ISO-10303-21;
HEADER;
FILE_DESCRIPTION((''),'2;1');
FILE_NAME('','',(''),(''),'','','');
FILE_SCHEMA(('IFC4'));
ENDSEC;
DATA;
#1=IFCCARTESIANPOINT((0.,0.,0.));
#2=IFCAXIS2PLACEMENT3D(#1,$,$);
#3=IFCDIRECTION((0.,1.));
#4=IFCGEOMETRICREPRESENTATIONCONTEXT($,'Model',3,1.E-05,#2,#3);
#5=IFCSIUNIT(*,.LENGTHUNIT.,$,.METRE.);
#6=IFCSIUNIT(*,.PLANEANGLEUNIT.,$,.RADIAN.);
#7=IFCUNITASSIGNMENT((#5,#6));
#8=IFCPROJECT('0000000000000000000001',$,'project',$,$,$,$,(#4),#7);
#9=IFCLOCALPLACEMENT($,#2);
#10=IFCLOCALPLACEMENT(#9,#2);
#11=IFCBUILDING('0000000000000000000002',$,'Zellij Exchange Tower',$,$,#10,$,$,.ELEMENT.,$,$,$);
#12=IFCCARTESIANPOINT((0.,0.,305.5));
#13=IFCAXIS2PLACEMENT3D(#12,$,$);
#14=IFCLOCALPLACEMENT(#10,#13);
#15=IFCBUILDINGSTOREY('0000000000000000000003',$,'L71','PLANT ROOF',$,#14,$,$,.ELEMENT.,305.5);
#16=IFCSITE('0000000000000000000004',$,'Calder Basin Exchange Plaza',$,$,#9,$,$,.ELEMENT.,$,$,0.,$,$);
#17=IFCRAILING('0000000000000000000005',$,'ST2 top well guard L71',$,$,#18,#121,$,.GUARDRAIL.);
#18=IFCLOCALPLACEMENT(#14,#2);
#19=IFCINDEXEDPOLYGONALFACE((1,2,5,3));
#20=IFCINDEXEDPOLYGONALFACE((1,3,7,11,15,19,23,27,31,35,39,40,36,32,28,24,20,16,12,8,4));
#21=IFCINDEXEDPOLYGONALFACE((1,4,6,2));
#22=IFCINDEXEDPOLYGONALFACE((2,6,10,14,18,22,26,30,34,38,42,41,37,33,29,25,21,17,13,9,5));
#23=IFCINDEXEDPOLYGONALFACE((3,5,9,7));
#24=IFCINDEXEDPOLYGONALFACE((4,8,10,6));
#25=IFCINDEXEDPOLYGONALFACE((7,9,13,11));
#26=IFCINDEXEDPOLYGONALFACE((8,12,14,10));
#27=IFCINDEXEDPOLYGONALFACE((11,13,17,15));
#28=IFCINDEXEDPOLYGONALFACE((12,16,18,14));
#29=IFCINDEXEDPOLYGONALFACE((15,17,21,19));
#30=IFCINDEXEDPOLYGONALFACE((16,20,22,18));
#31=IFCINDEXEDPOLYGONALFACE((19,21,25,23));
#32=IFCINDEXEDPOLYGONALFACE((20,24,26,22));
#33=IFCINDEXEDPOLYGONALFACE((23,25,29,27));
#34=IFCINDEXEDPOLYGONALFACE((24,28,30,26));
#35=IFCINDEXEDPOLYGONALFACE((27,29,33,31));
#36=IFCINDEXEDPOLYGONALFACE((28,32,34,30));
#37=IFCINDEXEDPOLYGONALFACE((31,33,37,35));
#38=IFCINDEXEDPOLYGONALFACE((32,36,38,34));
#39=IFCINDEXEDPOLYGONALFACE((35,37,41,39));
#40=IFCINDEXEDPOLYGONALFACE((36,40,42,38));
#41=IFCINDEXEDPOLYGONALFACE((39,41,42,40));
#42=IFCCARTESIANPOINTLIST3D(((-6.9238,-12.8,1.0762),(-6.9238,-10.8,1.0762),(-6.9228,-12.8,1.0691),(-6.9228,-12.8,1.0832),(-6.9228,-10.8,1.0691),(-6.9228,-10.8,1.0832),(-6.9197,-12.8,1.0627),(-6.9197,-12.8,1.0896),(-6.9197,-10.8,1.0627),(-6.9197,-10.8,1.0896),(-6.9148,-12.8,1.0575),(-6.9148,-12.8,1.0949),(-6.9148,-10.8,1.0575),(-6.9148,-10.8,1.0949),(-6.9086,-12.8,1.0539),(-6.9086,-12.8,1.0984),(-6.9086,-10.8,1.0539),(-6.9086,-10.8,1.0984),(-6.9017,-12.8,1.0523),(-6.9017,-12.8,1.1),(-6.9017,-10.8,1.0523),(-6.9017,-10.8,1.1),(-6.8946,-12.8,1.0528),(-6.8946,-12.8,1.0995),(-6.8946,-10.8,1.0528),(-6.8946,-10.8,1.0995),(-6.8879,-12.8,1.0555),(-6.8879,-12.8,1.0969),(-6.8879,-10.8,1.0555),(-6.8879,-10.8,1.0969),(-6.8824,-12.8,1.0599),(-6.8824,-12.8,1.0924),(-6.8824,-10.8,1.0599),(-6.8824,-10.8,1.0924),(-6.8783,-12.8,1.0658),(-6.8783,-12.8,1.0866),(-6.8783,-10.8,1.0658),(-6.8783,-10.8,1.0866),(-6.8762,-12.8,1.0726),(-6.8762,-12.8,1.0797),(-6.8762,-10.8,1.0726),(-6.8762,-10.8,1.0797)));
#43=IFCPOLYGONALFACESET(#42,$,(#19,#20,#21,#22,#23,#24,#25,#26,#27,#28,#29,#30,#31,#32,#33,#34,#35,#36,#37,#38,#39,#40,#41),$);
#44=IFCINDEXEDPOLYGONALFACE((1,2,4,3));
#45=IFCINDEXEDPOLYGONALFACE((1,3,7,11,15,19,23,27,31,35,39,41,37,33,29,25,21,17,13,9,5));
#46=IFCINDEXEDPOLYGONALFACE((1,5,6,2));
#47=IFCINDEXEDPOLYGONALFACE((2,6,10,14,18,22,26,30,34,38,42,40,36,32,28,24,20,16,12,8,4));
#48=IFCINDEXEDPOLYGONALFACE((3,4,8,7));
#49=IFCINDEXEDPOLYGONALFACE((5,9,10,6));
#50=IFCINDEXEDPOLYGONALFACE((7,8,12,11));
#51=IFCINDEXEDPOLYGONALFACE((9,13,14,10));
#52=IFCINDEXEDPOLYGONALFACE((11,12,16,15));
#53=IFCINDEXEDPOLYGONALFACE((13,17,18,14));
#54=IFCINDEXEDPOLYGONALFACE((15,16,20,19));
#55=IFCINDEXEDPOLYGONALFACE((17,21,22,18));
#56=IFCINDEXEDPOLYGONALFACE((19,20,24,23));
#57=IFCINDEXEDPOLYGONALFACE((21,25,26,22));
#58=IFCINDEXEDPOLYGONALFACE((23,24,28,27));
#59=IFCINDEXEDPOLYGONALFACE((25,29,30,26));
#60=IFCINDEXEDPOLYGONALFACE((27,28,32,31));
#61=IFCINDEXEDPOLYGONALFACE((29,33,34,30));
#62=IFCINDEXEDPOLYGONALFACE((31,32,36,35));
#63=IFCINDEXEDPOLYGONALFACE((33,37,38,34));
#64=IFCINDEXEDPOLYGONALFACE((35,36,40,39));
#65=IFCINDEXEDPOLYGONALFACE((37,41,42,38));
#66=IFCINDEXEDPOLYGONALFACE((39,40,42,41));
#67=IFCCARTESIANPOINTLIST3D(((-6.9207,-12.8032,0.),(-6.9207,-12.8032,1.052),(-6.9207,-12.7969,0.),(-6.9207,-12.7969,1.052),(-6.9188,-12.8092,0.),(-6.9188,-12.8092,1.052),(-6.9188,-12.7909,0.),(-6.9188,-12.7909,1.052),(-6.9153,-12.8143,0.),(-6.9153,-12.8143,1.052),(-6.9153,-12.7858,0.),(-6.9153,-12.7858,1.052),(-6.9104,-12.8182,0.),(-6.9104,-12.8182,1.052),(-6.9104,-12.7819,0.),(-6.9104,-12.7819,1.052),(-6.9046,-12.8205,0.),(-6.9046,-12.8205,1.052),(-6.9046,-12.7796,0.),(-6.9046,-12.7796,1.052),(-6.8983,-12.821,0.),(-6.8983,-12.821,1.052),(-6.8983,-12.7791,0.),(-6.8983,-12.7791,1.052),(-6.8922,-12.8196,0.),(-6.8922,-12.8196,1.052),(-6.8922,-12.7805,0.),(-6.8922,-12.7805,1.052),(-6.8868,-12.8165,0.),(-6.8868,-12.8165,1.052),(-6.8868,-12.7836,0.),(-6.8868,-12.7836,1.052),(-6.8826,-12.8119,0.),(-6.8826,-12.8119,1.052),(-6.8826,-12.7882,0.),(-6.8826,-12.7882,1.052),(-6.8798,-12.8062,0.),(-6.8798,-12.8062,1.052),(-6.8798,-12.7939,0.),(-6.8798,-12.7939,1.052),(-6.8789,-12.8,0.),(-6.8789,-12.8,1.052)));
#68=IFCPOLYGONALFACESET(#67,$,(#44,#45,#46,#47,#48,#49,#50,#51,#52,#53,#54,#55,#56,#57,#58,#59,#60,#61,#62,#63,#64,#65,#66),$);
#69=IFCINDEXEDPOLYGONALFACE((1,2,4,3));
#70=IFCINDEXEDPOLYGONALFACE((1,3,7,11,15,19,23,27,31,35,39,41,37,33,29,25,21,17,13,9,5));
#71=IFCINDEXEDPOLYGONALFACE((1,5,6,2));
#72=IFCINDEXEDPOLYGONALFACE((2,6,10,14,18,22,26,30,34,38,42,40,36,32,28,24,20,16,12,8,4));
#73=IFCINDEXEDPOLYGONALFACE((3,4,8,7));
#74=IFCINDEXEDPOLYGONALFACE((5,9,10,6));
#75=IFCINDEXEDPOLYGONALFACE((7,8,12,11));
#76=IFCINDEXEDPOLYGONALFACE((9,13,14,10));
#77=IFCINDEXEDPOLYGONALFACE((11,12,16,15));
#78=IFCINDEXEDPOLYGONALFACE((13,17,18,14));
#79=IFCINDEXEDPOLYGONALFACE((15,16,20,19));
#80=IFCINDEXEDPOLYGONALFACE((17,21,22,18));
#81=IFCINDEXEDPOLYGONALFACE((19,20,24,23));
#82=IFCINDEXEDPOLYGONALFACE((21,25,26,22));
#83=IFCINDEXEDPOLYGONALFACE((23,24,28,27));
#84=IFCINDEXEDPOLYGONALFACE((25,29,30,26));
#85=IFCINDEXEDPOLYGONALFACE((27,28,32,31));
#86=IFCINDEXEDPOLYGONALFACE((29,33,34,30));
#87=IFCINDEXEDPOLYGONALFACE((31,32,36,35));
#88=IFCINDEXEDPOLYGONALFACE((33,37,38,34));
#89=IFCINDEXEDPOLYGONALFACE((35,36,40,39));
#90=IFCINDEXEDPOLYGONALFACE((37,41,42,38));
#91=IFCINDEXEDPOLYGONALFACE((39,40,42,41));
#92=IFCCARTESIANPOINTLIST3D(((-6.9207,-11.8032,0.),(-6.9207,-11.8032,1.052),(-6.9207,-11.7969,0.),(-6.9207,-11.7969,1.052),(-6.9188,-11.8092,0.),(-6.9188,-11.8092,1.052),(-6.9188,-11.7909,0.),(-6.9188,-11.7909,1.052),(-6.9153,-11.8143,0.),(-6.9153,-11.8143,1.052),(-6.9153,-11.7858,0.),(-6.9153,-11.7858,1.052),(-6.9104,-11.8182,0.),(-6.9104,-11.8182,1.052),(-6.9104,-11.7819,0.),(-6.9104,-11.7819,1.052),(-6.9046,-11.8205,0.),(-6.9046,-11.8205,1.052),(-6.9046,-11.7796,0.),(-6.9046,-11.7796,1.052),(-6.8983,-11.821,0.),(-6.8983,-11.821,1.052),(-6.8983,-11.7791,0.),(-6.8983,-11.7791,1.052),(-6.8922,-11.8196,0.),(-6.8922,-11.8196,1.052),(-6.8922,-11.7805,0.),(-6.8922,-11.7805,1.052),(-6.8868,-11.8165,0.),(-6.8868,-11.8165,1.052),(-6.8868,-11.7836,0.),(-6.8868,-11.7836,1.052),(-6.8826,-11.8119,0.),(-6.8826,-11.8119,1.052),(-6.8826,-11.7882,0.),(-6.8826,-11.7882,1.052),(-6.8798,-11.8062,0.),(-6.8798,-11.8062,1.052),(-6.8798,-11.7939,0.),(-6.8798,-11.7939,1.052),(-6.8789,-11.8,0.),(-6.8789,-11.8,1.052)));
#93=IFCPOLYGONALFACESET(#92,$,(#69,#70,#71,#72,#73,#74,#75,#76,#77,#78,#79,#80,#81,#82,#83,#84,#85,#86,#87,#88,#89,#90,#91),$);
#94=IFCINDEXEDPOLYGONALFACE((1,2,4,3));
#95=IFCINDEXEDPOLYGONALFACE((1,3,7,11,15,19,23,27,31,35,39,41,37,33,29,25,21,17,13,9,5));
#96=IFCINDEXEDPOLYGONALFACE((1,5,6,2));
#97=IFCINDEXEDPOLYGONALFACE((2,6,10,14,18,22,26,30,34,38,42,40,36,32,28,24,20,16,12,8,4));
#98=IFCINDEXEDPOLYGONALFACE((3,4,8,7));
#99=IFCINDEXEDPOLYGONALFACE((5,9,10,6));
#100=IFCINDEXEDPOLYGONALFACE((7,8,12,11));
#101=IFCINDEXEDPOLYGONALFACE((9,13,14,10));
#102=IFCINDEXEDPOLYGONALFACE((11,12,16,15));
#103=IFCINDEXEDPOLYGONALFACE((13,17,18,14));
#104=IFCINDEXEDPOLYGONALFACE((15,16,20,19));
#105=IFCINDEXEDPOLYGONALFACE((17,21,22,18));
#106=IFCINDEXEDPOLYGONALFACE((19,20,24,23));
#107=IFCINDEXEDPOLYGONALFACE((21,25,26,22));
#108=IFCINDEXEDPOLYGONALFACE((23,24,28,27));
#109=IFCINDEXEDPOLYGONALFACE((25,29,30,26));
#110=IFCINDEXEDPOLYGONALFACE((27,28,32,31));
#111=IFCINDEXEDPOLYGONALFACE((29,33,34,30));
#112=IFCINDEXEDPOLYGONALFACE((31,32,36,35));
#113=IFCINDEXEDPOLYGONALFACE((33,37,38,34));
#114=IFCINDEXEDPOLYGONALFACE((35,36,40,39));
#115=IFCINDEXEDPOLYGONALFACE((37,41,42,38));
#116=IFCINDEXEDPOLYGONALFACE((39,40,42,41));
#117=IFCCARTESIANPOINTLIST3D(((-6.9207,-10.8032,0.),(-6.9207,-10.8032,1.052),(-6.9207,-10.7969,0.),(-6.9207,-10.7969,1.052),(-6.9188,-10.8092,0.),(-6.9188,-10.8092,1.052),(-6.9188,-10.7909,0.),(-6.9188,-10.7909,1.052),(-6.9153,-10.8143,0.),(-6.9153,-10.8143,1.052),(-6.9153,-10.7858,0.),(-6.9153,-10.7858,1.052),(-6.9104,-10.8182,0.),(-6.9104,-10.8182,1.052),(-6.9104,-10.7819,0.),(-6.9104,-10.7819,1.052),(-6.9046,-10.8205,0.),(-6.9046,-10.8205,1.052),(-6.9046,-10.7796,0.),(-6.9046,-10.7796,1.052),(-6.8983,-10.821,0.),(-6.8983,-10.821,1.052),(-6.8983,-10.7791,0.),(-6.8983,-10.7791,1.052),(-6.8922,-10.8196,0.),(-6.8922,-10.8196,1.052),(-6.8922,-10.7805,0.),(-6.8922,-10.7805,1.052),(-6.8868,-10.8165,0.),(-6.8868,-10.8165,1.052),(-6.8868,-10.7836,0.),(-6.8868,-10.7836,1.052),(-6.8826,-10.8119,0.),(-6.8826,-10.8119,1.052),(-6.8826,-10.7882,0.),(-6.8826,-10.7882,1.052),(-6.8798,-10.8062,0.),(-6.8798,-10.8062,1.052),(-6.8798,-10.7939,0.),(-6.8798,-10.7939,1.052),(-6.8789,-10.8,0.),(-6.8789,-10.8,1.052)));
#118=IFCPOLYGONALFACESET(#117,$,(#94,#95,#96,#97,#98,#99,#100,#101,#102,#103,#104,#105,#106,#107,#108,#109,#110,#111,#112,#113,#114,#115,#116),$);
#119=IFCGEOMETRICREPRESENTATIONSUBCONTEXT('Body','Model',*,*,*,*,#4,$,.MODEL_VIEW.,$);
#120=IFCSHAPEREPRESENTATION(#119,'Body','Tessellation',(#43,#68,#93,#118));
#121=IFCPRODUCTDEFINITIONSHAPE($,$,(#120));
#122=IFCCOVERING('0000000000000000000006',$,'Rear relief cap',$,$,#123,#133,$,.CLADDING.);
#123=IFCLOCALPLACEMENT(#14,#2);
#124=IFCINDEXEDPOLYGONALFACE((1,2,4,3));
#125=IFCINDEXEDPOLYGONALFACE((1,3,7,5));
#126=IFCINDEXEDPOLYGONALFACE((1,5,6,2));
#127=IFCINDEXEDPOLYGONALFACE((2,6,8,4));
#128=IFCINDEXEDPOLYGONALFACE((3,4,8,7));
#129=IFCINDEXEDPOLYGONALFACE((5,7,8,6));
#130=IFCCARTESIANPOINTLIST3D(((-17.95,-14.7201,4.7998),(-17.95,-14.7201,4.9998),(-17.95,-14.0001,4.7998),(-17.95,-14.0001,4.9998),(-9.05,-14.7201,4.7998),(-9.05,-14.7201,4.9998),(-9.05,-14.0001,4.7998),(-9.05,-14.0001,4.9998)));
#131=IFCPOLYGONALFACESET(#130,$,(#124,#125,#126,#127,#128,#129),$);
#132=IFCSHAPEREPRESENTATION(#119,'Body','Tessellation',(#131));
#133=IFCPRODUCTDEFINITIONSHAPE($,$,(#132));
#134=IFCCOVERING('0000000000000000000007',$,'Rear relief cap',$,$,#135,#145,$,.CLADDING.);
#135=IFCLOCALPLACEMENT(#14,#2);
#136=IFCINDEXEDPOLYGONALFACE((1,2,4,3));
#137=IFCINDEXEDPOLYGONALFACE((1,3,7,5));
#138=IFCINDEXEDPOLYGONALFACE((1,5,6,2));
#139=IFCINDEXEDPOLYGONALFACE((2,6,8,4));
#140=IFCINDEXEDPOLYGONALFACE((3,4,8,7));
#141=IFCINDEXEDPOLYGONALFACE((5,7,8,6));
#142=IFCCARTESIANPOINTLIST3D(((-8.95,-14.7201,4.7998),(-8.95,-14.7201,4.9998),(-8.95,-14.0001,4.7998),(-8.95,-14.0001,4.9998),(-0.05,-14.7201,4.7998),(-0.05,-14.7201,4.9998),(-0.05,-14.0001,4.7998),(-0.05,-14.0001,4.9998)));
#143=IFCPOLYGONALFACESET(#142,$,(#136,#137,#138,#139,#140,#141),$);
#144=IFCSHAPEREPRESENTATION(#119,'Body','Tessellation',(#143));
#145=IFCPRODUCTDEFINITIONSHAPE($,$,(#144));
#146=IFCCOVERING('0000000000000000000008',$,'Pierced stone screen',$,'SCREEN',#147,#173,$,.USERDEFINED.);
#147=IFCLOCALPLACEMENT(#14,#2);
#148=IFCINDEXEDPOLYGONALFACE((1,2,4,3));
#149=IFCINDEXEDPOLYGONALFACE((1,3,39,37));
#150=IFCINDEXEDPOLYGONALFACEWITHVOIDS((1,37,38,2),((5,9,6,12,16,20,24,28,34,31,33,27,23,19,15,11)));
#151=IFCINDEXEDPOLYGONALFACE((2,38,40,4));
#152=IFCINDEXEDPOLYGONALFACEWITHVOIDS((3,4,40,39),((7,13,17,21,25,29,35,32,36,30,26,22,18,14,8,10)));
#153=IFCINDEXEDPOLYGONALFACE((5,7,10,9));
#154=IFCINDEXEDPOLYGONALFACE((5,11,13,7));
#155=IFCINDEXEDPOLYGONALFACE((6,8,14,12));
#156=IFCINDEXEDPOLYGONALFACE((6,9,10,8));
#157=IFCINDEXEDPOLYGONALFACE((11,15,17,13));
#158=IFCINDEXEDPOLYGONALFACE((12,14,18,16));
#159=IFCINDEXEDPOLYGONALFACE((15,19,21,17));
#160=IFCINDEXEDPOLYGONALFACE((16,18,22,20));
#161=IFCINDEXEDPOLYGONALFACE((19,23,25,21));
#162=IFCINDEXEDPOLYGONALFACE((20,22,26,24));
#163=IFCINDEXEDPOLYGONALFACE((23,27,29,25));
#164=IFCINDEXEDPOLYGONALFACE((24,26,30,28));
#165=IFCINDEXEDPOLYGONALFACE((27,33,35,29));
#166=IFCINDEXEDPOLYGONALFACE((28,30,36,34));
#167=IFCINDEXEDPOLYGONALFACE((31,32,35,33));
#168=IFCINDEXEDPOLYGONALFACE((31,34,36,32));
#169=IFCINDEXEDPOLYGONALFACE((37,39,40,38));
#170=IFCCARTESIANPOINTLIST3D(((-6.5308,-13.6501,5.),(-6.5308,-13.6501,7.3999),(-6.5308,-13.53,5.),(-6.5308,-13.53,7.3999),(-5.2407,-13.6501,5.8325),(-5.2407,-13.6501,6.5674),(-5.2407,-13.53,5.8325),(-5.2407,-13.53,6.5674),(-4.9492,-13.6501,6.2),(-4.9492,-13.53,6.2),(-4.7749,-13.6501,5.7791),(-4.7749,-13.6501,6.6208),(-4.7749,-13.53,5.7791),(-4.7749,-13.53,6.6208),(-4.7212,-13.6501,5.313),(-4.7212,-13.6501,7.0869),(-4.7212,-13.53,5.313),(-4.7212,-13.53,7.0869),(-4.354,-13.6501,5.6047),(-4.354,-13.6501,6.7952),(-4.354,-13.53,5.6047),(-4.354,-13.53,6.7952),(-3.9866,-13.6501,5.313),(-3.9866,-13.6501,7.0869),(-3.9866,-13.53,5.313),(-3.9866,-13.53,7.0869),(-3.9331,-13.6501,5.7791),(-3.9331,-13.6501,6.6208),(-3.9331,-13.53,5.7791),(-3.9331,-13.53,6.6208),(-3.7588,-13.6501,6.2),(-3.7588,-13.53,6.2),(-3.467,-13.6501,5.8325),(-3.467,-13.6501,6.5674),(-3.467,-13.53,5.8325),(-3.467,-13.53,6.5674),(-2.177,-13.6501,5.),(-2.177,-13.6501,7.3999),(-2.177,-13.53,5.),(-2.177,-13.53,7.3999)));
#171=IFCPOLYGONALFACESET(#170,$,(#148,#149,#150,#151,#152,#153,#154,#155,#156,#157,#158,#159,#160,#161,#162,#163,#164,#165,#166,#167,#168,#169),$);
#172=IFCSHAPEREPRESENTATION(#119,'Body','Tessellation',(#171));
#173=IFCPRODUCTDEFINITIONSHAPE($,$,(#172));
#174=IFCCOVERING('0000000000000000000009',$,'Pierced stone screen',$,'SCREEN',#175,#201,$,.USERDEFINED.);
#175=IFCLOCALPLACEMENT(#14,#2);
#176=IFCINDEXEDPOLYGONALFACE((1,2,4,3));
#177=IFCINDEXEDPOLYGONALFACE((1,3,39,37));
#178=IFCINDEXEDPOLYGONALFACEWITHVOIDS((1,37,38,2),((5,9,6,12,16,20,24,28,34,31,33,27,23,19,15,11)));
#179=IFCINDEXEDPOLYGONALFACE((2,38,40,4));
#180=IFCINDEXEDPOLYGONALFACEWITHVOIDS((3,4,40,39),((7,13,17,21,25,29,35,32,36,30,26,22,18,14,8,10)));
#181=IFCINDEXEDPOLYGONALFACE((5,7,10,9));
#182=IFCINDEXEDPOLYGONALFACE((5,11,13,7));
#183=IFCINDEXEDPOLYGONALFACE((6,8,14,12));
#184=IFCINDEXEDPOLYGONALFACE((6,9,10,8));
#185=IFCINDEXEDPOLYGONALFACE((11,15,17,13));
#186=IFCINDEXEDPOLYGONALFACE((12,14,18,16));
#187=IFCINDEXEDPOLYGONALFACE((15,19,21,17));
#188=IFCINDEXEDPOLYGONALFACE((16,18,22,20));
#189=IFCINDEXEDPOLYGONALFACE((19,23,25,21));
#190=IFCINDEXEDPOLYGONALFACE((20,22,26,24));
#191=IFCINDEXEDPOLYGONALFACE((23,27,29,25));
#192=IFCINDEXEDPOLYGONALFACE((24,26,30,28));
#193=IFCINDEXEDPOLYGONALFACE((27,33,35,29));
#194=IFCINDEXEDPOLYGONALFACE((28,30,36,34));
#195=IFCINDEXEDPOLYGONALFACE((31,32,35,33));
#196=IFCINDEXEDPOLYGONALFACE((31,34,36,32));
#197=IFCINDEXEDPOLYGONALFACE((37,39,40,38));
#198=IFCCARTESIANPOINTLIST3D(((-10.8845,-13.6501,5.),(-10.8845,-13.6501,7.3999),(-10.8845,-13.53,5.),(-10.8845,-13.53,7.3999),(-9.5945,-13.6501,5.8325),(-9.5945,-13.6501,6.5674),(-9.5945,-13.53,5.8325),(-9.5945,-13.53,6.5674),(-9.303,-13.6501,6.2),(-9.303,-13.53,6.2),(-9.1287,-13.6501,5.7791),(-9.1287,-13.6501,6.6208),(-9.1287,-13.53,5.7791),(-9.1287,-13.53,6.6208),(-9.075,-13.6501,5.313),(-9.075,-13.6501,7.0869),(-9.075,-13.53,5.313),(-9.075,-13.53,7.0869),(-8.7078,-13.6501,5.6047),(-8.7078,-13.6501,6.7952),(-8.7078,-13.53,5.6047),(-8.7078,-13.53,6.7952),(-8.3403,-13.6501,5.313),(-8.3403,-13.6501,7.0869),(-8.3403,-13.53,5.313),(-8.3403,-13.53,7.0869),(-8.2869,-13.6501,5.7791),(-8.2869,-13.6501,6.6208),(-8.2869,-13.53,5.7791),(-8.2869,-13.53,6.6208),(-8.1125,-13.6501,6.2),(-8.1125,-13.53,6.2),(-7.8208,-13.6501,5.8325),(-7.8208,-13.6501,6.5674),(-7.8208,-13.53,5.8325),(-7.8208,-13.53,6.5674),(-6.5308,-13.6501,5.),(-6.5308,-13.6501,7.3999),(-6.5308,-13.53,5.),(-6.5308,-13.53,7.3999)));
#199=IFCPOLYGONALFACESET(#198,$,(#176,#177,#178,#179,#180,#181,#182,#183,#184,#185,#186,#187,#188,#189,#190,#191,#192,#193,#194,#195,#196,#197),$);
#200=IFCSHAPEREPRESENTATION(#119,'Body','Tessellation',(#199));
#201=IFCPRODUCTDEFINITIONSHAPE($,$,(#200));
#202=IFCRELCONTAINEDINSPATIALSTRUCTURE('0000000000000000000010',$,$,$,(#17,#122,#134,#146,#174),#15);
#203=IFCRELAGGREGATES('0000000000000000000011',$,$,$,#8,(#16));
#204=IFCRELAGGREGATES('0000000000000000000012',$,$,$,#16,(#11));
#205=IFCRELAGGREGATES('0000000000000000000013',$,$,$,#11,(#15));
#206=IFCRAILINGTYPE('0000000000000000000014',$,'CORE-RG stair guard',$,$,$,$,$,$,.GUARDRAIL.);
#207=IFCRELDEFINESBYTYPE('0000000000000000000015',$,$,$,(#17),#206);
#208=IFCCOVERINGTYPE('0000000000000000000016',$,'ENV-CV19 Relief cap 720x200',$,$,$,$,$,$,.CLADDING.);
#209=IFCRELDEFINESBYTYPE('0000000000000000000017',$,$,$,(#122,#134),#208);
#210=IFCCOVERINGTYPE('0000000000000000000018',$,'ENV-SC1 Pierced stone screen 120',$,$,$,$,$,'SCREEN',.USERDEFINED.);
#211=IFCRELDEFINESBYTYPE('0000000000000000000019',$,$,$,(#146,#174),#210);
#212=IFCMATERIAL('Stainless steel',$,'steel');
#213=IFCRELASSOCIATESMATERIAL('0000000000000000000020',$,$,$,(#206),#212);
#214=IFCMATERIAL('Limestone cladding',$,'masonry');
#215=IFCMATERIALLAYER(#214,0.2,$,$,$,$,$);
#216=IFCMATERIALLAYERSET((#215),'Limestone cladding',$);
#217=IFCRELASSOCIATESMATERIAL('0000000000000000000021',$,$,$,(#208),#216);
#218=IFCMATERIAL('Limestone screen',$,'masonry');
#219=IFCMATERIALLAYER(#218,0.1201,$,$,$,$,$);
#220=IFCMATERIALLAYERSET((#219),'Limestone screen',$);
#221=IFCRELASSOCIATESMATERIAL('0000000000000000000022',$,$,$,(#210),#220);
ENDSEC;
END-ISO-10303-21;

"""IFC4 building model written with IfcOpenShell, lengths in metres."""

from ifc_helpers import new_model, si_unit, direction, frame, origin, origin_2d, place, context, subcontext, project, spatial, polyline, rectangle, circle, outline, extrude, material, layer, layer_set, type_object, element, save


model = new_model("IFC4")

# Units and contexts
model_context = context("Model", 3, precision=1e-05, world=origin(), true_north=direction((0.0, 1.0)))
body_context = subcontext(model_context, "Body", "Model", "MODEL_VIEW")
ifc_project = project(units=[si_unit("LENGTHUNIT", "METRE"), si_unit("PLANEANGLEUNIT", "RADIAN")], contexts=[model_context])

# Site, building, storey
site_placement = place(None, origin())
site = spatial("IfcSite", under=ifc_project, at=site_placement, Name="Calder Basin Exchange Plaza", CompositionType="ELEMENT", RefElevation=0.0)
building_placement = place(site_placement, origin())
building = spatial("IfcBuilding", under=site, at=building_placement, Name="Zellij Exchange Tower", CompositionType="ELEMENT")
storey_placement = place(building_placement, frame((0.0, 0.0, 305.5)))
storey = spatial("IfcBuildingStorey", under=building, at=storey_placement, Name="L71", Description="PLANT ROOF", CompositionType="ELEMENT", Elevation=305.5)

# Railing
ifc_material_1 = material(Name="Stainless steel", Category="steel")
railing_type = type_object("IfcRailingType", Name="CORE-RG stair guard", PredefinedType="GUARDRAIL", material=ifc_material_1)
railing_placement = place(storey_placement, frame((-6.8999, -12.8, 0.0)))
element("IfcRailing", 1, at=railing_placement, inside=storey, type_object=railing_type, Name="ST2 top well guard L71", PredefinedType="GUARDRAIL", context=body_context, shape_type="SweptSolid", body=[
    extrude(circle(Radius=0.0239, at=origin_2d()), frame((0.0, 0.0, 1.0762), z_axis=(0.0, 1.0, 0.0), x_axis=(-1.0, 0.0, 0.0)), (0.0, 0.0, 1.0), 2.0),
    extrude(circle(Radius=0.021, at=origin_2d()), origin(), (0.0, 0.0, 1.0), 1.052),
    extrude(circle(Radius=0.021, at=origin_2d()), frame((0.0, 1.0, 0.0)), (0.0, 0.0, 1.0), 1.052),
    extrude(circle(Radius=0.021, at=origin_2d()), frame((0.0, 2.0, 0.0)), (0.0, 0.0, 1.0), 1.052),
])

# Coverings
ifc_material_2 = material(Name="Limestone cladding", Category="masonry")
ifc_layer_1 = layer(ifc_material_2, 0.2)
ifc_layer_set_1 = layer_set([ifc_layer_1], Name="Limestone cladding")
covering_type_1 = type_object("IfcCoveringType", Name="ENV-CV19 Relief cap 720x200", PredefinedType="CLADDING", material=ifc_layer_set_1)
for number, where, z_axis, x_axis, name in (
    (2, (-13.5, -14.3601, 4.7998), (0.0, 0.0, 1.0), (1.0, 0.0, 0.0), "Rear relief cap"),
    (3, (-4.5, -14.3601, 4.7998), (0.0, 0.0, 1.0), (1.0, 0.0, 0.0), "Rear relief cap"),
):
    element("IfcCovering", number, at=place(storey_placement, frame(where, z_axis=z_axis, x_axis=x_axis)), inside=storey, type_object=covering_type_1, Name=name, PredefinedType="CLADDING", context=body_context, shape_type="SweptSolid", body=[
        extrude(rectangle(XDim=8.8999, YDim=0.72, at=origin_2d()), origin(), (0.0, 0.0, 1.0), 0.2),
    ])
ifc_material_3 = material(Name="Limestone screen", Category="masonry")
ifc_layer_2 = layer(ifc_material_3, 0.1201)
ifc_layer_set_2 = layer_set([ifc_layer_2], Name="Limestone screen")
covering_type_2 = type_object("IfcCoveringType", Name="ENV-SC1 Pierced stone screen 120", ElementType="SCREEN", PredefinedType="USERDEFINED", material=ifc_layer_set_2)
for number, where, z_axis, x_axis, name in (
    (4, (-2.177, -13.5901, 5.0), (0.0, 0.0, 1.0), (-1.0, 0.0, 0.0), "Pierced stone screen"),
    (5, (-6.5308, -13.5901, 5.0), (0.0, 0.0, 1.0), (-1.0, 0.0, 0.0), "Pierced stone screen"),
):
    element("IfcCovering", number, at=place(storey_placement, frame(where, z_axis=z_axis, x_axis=x_axis)), inside=storey, type_object=covering_type_2, Name=name, ObjectType="SCREEN", PredefinedType="USERDEFINED", context=body_context, shape_type="SweptSolid", body=[
        extrude(outline(polyline([(0.0, 0.0), (4.3538, 0.0), (4.3538, 2.3999), (0.0, 2.3999), (0.0, 0.0)]), holes=[polyline([(3.0637, 1.5674), (2.5979, 1.6208), (2.5442, 2.0869), (2.177, 1.7952), (1.8096, 2.0869), (1.7561, 1.6208), (1.29, 1.5674), (1.5818, 1.2), (1.29, 0.8325), (1.7561, 0.7791), (1.8096, 0.313), (2.177, 0.6047), (2.5442, 0.313), (2.5979, 0.7791), (3.0637, 0.8325), (2.7722, 1.2), (3.0637, 1.5674)])]), frame((0.0, 0.0601, 0.0), z_axis=(0.0, -1.0, 0.0), x_axis=(1.0, 0.0, 0.0)), (0.0, 0.0, 1.0), 0.1201),
    ])

save(model, "model.ifc")
